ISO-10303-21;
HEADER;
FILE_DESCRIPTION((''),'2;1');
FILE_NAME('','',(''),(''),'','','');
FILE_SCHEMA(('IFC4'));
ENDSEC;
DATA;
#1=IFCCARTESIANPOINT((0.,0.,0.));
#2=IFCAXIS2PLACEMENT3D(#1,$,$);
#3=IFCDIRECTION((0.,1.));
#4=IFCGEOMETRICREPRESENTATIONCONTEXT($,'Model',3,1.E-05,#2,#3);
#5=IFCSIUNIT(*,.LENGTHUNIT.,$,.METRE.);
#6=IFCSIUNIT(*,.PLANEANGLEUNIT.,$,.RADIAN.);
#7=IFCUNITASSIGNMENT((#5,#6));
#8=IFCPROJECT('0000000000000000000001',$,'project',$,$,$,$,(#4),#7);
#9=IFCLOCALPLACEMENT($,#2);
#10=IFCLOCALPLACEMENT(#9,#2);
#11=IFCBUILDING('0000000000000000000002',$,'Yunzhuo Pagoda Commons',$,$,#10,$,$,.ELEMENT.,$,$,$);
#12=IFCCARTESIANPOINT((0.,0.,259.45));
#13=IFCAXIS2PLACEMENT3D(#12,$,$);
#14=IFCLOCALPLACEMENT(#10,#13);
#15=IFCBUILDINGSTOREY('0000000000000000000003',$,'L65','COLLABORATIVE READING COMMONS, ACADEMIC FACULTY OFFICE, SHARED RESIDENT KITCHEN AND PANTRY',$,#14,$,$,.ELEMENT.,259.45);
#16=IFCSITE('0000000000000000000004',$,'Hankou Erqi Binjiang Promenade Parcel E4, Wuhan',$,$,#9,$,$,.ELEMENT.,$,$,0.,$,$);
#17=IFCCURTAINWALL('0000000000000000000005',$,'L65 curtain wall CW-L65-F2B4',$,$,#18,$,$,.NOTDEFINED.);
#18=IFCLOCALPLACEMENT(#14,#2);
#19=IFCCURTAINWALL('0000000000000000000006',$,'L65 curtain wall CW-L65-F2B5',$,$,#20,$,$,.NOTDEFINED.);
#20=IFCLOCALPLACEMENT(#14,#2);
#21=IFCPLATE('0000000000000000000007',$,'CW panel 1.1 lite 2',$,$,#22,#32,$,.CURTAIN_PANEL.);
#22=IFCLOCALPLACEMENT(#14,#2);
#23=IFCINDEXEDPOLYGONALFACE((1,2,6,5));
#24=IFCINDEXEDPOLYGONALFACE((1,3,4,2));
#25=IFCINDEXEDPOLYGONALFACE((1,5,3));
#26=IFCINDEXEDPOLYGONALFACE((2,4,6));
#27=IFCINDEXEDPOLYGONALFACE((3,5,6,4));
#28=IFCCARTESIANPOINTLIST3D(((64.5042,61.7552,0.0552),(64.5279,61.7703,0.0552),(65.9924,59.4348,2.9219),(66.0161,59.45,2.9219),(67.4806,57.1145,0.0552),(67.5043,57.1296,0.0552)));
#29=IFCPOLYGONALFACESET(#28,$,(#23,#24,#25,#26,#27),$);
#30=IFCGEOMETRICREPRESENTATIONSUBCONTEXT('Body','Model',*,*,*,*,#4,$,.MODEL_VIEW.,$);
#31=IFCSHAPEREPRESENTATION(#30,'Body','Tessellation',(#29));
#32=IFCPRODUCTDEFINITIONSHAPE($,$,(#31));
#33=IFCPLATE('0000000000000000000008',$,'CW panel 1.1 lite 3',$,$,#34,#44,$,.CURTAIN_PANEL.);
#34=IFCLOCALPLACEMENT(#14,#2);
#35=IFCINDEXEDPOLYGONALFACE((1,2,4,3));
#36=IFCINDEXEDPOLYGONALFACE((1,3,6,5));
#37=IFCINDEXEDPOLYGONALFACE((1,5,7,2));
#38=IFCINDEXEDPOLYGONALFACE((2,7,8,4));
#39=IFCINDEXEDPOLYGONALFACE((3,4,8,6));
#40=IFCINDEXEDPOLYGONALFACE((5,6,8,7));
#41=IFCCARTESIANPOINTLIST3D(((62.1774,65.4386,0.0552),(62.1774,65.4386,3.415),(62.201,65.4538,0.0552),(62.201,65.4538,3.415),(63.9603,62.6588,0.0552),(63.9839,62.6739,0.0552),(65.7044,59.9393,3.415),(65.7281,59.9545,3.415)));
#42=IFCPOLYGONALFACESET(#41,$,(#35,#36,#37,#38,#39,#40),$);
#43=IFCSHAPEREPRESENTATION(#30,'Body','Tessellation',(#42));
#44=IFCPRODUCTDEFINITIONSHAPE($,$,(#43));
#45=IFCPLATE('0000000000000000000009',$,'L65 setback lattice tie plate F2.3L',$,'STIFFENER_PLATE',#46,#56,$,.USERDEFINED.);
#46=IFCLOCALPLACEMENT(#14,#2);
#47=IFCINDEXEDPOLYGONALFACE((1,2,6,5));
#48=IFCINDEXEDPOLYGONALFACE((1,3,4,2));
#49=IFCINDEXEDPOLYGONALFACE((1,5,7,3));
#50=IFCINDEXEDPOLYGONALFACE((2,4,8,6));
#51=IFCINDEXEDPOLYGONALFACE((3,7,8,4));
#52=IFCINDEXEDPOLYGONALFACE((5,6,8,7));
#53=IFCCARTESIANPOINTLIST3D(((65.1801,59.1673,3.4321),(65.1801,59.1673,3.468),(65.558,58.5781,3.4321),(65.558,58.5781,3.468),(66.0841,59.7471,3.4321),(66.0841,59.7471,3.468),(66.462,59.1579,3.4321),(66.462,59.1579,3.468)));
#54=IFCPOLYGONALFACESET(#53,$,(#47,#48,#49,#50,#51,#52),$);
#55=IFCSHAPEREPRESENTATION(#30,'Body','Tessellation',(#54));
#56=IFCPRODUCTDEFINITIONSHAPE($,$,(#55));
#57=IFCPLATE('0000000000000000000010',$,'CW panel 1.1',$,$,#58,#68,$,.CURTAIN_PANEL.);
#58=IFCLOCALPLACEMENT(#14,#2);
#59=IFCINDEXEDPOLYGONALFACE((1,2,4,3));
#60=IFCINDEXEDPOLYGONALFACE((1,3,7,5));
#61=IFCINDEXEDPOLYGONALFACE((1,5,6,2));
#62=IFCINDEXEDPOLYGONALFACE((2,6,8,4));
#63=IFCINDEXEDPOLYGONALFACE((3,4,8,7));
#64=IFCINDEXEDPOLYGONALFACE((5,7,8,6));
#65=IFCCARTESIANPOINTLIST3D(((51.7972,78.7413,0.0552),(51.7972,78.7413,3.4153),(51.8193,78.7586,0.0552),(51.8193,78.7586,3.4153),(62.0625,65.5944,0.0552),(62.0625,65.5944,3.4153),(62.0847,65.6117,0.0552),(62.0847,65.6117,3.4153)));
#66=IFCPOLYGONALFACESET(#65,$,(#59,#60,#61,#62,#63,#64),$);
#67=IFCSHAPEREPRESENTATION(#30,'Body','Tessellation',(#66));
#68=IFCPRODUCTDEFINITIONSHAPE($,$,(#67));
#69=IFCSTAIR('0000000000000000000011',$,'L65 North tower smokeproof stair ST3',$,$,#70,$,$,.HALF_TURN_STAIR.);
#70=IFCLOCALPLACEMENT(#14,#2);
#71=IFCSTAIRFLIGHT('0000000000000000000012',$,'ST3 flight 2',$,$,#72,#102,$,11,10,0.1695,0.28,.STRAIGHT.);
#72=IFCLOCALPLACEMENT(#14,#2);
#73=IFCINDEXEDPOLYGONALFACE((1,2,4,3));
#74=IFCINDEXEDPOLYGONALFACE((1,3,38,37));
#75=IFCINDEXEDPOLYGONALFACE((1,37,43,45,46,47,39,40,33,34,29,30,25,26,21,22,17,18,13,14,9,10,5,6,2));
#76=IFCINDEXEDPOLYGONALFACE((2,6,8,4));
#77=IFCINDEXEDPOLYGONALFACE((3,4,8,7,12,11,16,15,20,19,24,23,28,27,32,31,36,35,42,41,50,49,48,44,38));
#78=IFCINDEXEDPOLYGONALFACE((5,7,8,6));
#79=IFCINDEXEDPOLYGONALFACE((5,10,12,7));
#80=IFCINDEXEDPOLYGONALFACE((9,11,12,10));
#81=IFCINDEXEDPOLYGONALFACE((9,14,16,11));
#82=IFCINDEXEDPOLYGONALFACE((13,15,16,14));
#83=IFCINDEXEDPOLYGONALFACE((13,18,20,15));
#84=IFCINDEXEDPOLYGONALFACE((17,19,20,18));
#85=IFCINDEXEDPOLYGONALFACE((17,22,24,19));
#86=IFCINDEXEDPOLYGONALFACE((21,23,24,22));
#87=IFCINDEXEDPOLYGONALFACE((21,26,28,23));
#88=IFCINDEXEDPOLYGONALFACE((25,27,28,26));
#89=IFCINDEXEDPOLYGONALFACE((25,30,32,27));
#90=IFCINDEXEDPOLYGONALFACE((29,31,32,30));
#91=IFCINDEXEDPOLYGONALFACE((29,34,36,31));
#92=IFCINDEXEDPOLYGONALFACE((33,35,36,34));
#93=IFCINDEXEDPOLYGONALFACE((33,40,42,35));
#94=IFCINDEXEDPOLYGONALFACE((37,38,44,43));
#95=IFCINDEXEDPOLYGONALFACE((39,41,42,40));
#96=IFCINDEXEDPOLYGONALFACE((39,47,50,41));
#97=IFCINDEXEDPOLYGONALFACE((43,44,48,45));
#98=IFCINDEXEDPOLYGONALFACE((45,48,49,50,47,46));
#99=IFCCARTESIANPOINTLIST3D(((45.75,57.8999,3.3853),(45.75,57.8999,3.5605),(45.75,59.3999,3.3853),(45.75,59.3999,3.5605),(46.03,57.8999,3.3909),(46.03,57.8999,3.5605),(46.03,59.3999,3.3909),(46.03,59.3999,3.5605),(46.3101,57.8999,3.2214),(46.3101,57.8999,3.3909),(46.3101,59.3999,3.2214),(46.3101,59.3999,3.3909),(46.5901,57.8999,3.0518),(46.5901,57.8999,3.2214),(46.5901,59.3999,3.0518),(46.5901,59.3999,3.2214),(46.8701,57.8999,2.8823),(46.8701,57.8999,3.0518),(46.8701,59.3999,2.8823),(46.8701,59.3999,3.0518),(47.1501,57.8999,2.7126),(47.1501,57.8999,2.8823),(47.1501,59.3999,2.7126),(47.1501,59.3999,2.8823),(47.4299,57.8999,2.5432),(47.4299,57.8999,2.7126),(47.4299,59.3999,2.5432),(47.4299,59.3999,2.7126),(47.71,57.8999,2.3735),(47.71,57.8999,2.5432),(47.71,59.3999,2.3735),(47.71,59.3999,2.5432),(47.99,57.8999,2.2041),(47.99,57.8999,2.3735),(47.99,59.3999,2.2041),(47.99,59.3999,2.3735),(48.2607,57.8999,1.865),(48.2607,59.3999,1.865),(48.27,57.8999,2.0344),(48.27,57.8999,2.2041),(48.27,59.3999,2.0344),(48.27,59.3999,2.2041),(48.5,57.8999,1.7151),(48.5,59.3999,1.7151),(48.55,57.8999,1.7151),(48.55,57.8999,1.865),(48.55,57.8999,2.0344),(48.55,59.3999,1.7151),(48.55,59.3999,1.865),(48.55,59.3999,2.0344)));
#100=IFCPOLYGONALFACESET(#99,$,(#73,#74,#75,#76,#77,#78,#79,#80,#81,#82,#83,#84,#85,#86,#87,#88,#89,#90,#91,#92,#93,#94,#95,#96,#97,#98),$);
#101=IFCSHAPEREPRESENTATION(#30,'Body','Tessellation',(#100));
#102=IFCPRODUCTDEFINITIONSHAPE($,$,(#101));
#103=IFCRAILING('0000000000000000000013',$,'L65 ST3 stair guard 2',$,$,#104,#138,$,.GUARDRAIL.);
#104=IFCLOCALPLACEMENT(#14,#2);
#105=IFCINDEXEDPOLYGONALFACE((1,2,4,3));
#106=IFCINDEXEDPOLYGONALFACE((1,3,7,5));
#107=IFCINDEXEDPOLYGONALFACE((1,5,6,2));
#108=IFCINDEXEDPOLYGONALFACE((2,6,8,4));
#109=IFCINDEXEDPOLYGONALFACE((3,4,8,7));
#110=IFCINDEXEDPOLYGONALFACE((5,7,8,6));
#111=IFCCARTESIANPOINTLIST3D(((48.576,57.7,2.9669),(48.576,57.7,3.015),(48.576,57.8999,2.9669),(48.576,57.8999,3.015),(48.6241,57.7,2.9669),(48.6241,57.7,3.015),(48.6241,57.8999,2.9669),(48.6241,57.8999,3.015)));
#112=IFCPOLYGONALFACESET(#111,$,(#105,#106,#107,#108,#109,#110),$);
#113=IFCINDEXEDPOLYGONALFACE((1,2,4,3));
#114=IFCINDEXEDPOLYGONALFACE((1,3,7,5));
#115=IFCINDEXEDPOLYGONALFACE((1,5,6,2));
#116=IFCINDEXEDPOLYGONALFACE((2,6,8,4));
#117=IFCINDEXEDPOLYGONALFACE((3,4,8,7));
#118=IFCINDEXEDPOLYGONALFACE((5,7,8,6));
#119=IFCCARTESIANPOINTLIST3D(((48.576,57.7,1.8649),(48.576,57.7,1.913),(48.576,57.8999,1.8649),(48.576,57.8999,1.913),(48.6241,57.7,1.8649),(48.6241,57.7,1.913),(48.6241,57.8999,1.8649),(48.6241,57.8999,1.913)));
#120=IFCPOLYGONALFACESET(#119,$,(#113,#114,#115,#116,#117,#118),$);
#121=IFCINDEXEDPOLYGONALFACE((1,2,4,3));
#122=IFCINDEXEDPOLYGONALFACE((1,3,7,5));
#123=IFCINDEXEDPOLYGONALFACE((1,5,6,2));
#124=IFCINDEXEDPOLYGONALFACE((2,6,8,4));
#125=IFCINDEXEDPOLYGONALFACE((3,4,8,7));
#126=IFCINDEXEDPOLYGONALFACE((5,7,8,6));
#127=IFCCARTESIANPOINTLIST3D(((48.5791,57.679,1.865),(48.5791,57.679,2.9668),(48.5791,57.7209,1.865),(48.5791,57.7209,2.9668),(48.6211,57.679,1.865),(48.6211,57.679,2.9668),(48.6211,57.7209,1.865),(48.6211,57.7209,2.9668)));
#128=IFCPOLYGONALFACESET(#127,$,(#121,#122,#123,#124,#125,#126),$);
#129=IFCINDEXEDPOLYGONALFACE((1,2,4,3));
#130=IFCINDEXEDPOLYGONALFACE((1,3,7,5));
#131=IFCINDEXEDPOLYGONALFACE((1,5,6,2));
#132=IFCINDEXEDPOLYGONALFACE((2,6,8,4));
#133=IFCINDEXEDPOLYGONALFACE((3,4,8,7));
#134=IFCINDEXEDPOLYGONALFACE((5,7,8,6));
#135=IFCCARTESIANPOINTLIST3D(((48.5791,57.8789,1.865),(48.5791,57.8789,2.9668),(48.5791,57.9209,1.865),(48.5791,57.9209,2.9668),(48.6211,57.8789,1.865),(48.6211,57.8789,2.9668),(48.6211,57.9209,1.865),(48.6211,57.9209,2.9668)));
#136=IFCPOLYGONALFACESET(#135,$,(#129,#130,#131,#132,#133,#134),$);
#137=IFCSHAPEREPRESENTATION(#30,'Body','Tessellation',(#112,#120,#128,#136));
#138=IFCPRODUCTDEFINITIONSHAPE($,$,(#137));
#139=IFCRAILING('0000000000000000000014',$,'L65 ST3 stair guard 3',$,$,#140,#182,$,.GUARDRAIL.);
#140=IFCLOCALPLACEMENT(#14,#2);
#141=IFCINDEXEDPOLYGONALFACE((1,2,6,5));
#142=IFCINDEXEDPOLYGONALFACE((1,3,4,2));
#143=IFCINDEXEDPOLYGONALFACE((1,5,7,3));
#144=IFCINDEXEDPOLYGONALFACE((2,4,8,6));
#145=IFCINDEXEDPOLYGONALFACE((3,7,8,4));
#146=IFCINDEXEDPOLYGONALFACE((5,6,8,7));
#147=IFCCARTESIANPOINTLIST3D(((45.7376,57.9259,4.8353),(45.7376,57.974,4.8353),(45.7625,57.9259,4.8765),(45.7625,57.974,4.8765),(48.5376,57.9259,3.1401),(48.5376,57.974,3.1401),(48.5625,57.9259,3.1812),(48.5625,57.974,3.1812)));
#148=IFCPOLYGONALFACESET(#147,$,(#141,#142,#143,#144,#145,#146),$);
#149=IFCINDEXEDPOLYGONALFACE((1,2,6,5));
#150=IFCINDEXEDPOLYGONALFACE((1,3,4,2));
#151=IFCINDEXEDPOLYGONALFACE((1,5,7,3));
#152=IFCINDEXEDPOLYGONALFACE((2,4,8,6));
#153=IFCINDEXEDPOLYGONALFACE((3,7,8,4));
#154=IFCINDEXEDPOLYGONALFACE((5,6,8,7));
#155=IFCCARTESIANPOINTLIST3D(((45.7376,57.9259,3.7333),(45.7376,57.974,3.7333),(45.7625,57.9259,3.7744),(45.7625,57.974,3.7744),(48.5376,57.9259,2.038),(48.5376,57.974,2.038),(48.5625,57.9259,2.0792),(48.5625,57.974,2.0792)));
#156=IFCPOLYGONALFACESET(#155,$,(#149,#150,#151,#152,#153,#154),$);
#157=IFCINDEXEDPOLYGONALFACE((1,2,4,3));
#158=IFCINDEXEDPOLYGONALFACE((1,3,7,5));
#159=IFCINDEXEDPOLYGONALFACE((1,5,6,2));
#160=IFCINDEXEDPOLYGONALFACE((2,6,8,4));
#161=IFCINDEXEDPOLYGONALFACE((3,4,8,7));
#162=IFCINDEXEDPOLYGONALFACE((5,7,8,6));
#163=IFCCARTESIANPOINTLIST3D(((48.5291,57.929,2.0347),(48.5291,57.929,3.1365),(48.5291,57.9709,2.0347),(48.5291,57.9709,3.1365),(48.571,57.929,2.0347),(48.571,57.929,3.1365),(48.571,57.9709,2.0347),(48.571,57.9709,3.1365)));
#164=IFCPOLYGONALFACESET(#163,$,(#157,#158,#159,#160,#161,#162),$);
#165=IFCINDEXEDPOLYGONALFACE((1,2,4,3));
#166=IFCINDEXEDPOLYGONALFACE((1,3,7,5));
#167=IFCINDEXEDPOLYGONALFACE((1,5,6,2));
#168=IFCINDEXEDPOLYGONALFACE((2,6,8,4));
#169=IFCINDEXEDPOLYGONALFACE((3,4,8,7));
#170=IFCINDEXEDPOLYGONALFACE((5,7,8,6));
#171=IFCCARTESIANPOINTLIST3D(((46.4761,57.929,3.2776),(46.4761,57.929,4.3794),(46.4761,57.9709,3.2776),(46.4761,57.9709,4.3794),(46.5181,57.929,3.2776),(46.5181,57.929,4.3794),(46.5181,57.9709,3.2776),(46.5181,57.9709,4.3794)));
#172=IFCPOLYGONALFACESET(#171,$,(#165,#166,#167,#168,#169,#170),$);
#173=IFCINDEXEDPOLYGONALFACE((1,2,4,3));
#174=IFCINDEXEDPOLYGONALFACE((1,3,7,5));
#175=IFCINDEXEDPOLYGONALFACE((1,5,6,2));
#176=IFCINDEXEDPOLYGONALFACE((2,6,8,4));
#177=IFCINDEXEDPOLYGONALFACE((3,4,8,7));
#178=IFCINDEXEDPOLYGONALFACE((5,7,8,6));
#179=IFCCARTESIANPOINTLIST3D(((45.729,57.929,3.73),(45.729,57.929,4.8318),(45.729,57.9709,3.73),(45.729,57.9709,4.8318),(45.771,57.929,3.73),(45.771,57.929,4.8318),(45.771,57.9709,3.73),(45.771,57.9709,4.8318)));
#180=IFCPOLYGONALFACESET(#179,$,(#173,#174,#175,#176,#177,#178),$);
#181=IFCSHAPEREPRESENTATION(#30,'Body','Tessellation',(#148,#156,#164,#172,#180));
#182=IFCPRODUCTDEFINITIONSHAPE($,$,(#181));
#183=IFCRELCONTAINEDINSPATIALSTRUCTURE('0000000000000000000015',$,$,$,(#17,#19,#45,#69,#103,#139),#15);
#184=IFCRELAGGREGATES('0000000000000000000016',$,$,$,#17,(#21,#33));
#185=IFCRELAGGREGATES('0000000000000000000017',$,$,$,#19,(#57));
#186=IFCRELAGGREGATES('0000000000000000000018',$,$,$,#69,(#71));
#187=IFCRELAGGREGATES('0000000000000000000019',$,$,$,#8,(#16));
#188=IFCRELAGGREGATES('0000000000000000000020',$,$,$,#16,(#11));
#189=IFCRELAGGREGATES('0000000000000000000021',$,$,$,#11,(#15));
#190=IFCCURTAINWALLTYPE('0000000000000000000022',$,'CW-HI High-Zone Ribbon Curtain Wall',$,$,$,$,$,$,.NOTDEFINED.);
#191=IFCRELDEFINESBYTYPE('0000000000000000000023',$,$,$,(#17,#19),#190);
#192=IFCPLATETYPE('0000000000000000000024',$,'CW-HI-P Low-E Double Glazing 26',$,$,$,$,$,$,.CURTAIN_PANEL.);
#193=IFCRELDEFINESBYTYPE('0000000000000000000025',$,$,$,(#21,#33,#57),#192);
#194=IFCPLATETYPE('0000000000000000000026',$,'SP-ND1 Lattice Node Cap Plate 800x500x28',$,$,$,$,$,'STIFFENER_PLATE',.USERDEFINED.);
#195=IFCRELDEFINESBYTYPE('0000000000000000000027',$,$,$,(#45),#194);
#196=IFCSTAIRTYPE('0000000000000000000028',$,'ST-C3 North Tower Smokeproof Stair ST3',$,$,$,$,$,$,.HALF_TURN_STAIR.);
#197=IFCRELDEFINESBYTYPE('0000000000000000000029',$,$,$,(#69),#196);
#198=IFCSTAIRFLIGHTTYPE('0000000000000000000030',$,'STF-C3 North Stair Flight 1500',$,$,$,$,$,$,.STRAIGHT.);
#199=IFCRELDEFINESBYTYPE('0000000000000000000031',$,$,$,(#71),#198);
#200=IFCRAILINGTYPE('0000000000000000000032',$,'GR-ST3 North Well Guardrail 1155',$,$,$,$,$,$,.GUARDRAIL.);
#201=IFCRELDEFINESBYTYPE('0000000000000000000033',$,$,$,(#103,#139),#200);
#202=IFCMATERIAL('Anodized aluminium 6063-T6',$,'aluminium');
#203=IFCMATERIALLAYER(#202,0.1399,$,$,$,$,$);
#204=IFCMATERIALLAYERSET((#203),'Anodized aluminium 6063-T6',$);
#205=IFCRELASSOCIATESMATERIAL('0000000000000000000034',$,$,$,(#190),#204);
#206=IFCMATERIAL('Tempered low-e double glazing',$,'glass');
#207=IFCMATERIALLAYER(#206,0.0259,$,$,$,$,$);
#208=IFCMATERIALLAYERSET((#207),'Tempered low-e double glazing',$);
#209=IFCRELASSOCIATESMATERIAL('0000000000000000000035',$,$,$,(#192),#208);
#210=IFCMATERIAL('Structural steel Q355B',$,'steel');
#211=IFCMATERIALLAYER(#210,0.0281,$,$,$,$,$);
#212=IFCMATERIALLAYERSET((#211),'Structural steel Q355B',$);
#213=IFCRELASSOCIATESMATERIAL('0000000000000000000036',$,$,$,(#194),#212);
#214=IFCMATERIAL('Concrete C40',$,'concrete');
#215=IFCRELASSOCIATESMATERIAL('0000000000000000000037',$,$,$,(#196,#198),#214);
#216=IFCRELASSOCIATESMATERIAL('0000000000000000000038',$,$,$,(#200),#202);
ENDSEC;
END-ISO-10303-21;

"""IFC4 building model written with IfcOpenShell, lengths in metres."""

from ifc_helpers import new_model, si_unit, direction, frame, origin, origin_2d, place, context, subcontext, project, spatial, polyline, rectangle, outline, extrude, source, transform, mapped, material, layer, layer_set, type_object, element, aggregate, save


model = new_model("IFC4")

# Units and contexts
model_context = context("Model", 3, precision=1e-05, world=origin(), true_north=direction((0.0, 1.0)))
body_context = subcontext(model_context, "Body", "Model", "MODEL_VIEW")
ifc_project = project(units=[si_unit("LENGTHUNIT", "METRE"), si_unit("PLANEANGLEUNIT", "RADIAN")], contexts=[model_context])

# Site, building, storey
site_placement = place(None, origin())
site = spatial("IfcSite", under=ifc_project, at=site_placement, Name="Hankou Erqi Binjiang Promenade Parcel E4, Wuhan", CompositionType="ELEMENT", RefElevation=0.0)
building_placement = place(site_placement, origin())
building = spatial("IfcBuilding", under=site, at=building_placement, Name="Yunzhuo Pagoda Commons", CompositionType="ELEMENT")
storey_placement = place(building_placement, frame((0.0, 0.0, 259.45)))
storey = spatial("IfcBuildingStorey", under=building, at=storey_placement, Name="L65", Description="COLLABORATIVE READING COMMONS, ACADEMIC FACULTY OFFICE, SHARED RESIDENT KITCHEN AND PANTRY", CompositionType="ELEMENT", Elevation=259.45)

# Shared definitions
ifc_material_1 = material(Name="Structural steel Q355B", Category="steel")

# Curtain wall
ifc_material_2 = material(Name="Anodized aluminium 6063-T6", Category="aluminium")
ifc_layer_1 = layer(ifc_material_2, 0.1399)
ifc_layer_set_1 = layer_set([ifc_layer_1], Name="Anodized aluminium 6063-T6")
curtain_wall_type = type_object("IfcCurtainWallType", Name="CW-HI High-Zone Ribbon Curtain Wall", PredefinedType="NOTDEFINED", material=ifc_layer_set_1)
curtain_wall_1_placement = place(storey_placement, origin())
curtain_wall_1 = element("IfcCurtainWall", 1, at=curtain_wall_1_placement, inside=storey, type_object=curtain_wall_type, Name="L65 curtain wall CW-L65-F2B4", PredefinedType="NOTDEFINED")

# Curtain wall
curtain_wall_2_placement = place(storey_placement, origin())
curtain_wall_2 = element("IfcCurtainWall", 2, at=curtain_wall_2_placement, inside=storey, type_object=curtain_wall_type, Name="L65 curtain wall CW-L65-F2B5", PredefinedType="NOTDEFINED")

# Plates
ifc_material_3 = material(Name="Tempered low-e double glazing", Category="glass")
ifc_layer_2 = layer(ifc_material_3, 0.0259)
ifc_layer_set_2 = layer_set([ifc_layer_2], Name="Tempered low-e double glazing")
plate_type_1 = type_object("IfcPlateType", Name="CW-HI-P Low-E Double Glazing 26", PredefinedType="CURTAIN_PANEL", material=ifc_layer_set_2)
plate_1_placement = place(storey_placement, frame((65.9924, 59.4348, 1.4885), z_axis=(0.84175, 0.539867, 0.0), x_axis=(-0.539867, 0.84175, 0.0)))
plate_1 = element("IfcPlate", 3, at=plate_1_placement, type_object=plate_type_1, Name="CW panel 1.1 lite 2", PredefinedType="CURTAIN_PANEL", context=body_context, shape_type="SweptSolid", body=[
    extrude(outline(polyline([(-2.7566, -1.4333), (2.7566, -1.4333), (0.0, 1.4333), (-2.7566, -1.4333)])), origin(), (0.0, 0.0, 1.0), 0.0281),
])
plate_2_placement = place(storey_placement, frame((63.9409, 62.689, 1.7351), z_axis=(0.84175, 0.539867, 0.0), x_axis=(-0.539867, 0.84175, 0.0)))
plate_2 = element("IfcPlate", 4, at=plate_2_placement, type_object=plate_type_1, Name="CW panel 1.1 lite 3", PredefinedType="CURTAIN_PANEL", context=body_context, shape_type="SweptSolid", body=[
    extrude(outline(polyline([(-3.2666, 1.6799), (-0.0359, -1.6799), (3.2666, -1.6799), (3.2666, 1.6799), (-3.2666, 1.6799)])), origin(), (0.0, 0.0, 1.0), 0.0281),
])
aggregate(curtain_wall_1, [plate_1, plate_2])
ifc_layer_3 = layer(ifc_material_1, 0.0281)
ifc_layer_set_3 = layer_set([ifc_layer_3], Name="Structural steel Q355B")
plate_type_2 = type_object("IfcPlateType", Name="SP-ND1 Lattice Node Cap Plate 800x500x28", ElementType="STIFFENER_PLATE", PredefinedType="USERDEFINED", material=ifc_layer_set_3)
shared_shape_1 = source(origin(), body_context, "Body", "SweptSolid", [
    extrude(rectangle(XDim=0.7, YDim=1.074, at=origin_2d()), origin(), (0.0, 0.0, 1.0), 0.0359),
])
plate_3_placement = place(storey_placement, frame((65.821, 59.1626, 3.4321), z_axis=(0.0, 0.0, 1.0), x_axis=(-0.539873, 0.841746, 0.0)))
element("IfcPlate", 5, at=plate_3_placement, inside=storey, type_object=plate_type_2, Name="L65 setback lattice tie plate F2.3L", ObjectType="STIFFENER_PLATE", PredefinedType="USERDEFINED", context=body_context, shape_type="MappedRepresentation", body=[
    mapped(shared_shape_1, transform((0.0, 0.0, 0.0), scale=1.0)),
])
shared_shape_2 = source(origin(), body_context, "Body", "SweptSolid", [
    extrude(rectangle(XDim=16.6799, YDim=0.0281, at=origin_2d()), origin(), (0.0, 0.0, 1.0), 3.3601),
])
plate_4_placement = place(storey_placement, frame((56.9409, 72.1765, 0.0552), z_axis=(0.0, 0.0, 1.0), x_axis=(-0.615433, 0.78819, 0.0)))
plate_4 = element("IfcPlate", 6, at=plate_4_placement, type_object=plate_type_1, Name="CW panel 1.1", PredefinedType="CURTAIN_PANEL", context=body_context, shape_type="MappedRepresentation", body=[
    mapped(shared_shape_2, transform((0.0, 0.0, 0.0), scale=1.0)),
])
aggregate(curtain_wall_2, [plate_4])

# Stair, stair flight
ifc_material_4 = material(Name="Concrete C40", Category="concrete")
stair_type = type_object("IfcStairType", Name="ST-C3 North Tower Smokeproof Stair ST3", PredefinedType="HALF_TURN_STAIR", material=ifc_material_4)
stair_placement = place(storey_placement, origin())
stair = element("IfcStair", 7, at=stair_placement, inside=storey, type_object=stair_type, Name="L65 North tower smokeproof stair ST3", PredefinedType="HALF_TURN_STAIR")
stair_flight_type = type_object("IfcStairFlightType", Name="STF-C3 North Stair Flight 1500", PredefinedType="STRAIGHT", material=ifc_material_4)
shared_shape_3 = source(origin(), body_context, "Body", "SweptSolid", [
    extrude(outline(polyline([(0.0, -0.1499), (0.0, 0.0), (0.0, 0.1694), (0.28, 0.1694), (0.28, 0.3391), (0.5601, 0.3391), (0.5601, 0.5085), (0.8401, 0.5085), (0.8401, 0.6782), (1.1201, 0.6782), (1.1201, 0.8477), (1.3999, 0.8477), (1.3999, 1.0173), (1.6799, 1.0173), (1.6799, 1.1868), (1.96, 1.1868), (1.96, 1.3564), (2.24, 1.3564), (2.24, 1.5259), (2.52, 1.5259), (2.52, 1.6956), (2.8, 1.6956), (2.8, 1.865), (2.8, 1.5203), (0.2893, 0.0), (0.05, -0.1499), (0.0, -0.1499)])), frame((0.0, 0.75, 0.0), z_axis=(0.0, -1.0, 0.0), x_axis=(1.0, 0.0, 0.0)), (0.0, 0.0, 1.0), 1.5),
])
stair_flight_placement = place(storey_placement, frame((48.55, 58.6499, 1.865), z_axis=(0.0, 0.0, 1.0), x_axis=(-1.0, 0.0, 0.0)))
stair_flight = element("IfcStairFlight", 8, at=stair_flight_placement, type_object=stair_flight_type, Name="ST3 flight 2", NumberOfRisers=11, NumberOfTreads=10, PredefinedType="STRAIGHT", RiserHeight=0.1695, TreadLength=0.28, context=body_context, shape_type="MappedRepresentation", body=[
    mapped(shared_shape_3, transform((0.0, 0.0, 0.0), scale=1.0)),
])
aggregate(stair, [stair_flight])

# Railings
railing_type_1 = type_object("IfcRailingType", Name="GR-ST3 North Well Guardrail 1155", PredefinedType="GUARDRAIL", material=ifc_material_2)
railing_1_placement = place(storey_placement, frame((48.6001, 57.7, 1.865)))
element("IfcRailing", 9, at=railing_1_placement, inside=storey, type_object=railing_type_1, Name="L65 ST3 stair guard 2", PredefinedType="GUARDRAIL", context=body_context, shape_type="SweptSolid", body=[
    extrude(rectangle(XDim=0.0481, YDim=0.0481, at=origin_2d()), frame((0.0, 0.0, 1.126), z_axis=(0.0, 1.0, 0.0), x_axis=(-1.0, 0.0, 0.0)), (0.0, 0.0, 1.0), 0.2),
    extrude(rectangle(XDim=0.0481, YDim=0.0481, at=origin_2d()), frame((0.0, 0.0, 0.0239), z_axis=(0.0, 1.0, 0.0), x_axis=(-1.0, 0.0, 0.0)), (0.0, 0.0, 1.0), 0.2),
    extrude(rectangle(XDim=0.042, YDim=0.042, at=origin_2d()), origin(), (0.0, 0.0, 1.0), 1.1018),
    extrude(rectangle(XDim=0.042, YDim=0.042, at=origin_2d()), frame((0.0, 0.2, 0.0)), (0.0, 0.0, 1.0), 1.1018),
])
railing_2_placement = place(storey_placement, frame((48.55, 57.95, 2.0347)))
element("IfcRailing", 10, at=railing_2_placement, inside=storey, type_object=railing_type_1, Name="L65 ST3 stair guard 3", PredefinedType="GUARDRAIL", context=body_context, shape_type="SweptSolid", body=[
    extrude(rectangle(XDim=0.0481, YDim=0.0481, at=origin_2d()), frame((0.0, 0.0, 1.126), z_axis=(-0.855426, 0.0, 0.517925), x_axis=(0.0, -1.0, 0.0)), (0.0, 0.0, 1.0), 3.2732),
    extrude(rectangle(XDim=0.0481, YDim=0.0481, at=origin_2d()), frame((0.0, 0.0, 0.0239), z_axis=(-0.855426, 0.0, 0.517925), x_axis=(0.0, -1.0, 0.0)), (0.0, 0.0, 1.0), 3.2732),
    extrude(rectangle(XDim=0.042, YDim=0.042, at=origin_2d()), origin(), (0.0, 0.0, 1.0), 1.1018),
    extrude(rectangle(XDim=0.042, YDim=0.042, at=origin_2d()), frame((-2.053, 0.0, 1.2429)), (0.0, 0.0, 1.0), 1.1018),
    extrude(rectangle(XDim=0.042, YDim=0.042, at=origin_2d()), frame((-2.8, 0.0, 1.6953)), (0.0, 0.0, 1.0), 1.1018),
])

save(model, "model.ifc")
